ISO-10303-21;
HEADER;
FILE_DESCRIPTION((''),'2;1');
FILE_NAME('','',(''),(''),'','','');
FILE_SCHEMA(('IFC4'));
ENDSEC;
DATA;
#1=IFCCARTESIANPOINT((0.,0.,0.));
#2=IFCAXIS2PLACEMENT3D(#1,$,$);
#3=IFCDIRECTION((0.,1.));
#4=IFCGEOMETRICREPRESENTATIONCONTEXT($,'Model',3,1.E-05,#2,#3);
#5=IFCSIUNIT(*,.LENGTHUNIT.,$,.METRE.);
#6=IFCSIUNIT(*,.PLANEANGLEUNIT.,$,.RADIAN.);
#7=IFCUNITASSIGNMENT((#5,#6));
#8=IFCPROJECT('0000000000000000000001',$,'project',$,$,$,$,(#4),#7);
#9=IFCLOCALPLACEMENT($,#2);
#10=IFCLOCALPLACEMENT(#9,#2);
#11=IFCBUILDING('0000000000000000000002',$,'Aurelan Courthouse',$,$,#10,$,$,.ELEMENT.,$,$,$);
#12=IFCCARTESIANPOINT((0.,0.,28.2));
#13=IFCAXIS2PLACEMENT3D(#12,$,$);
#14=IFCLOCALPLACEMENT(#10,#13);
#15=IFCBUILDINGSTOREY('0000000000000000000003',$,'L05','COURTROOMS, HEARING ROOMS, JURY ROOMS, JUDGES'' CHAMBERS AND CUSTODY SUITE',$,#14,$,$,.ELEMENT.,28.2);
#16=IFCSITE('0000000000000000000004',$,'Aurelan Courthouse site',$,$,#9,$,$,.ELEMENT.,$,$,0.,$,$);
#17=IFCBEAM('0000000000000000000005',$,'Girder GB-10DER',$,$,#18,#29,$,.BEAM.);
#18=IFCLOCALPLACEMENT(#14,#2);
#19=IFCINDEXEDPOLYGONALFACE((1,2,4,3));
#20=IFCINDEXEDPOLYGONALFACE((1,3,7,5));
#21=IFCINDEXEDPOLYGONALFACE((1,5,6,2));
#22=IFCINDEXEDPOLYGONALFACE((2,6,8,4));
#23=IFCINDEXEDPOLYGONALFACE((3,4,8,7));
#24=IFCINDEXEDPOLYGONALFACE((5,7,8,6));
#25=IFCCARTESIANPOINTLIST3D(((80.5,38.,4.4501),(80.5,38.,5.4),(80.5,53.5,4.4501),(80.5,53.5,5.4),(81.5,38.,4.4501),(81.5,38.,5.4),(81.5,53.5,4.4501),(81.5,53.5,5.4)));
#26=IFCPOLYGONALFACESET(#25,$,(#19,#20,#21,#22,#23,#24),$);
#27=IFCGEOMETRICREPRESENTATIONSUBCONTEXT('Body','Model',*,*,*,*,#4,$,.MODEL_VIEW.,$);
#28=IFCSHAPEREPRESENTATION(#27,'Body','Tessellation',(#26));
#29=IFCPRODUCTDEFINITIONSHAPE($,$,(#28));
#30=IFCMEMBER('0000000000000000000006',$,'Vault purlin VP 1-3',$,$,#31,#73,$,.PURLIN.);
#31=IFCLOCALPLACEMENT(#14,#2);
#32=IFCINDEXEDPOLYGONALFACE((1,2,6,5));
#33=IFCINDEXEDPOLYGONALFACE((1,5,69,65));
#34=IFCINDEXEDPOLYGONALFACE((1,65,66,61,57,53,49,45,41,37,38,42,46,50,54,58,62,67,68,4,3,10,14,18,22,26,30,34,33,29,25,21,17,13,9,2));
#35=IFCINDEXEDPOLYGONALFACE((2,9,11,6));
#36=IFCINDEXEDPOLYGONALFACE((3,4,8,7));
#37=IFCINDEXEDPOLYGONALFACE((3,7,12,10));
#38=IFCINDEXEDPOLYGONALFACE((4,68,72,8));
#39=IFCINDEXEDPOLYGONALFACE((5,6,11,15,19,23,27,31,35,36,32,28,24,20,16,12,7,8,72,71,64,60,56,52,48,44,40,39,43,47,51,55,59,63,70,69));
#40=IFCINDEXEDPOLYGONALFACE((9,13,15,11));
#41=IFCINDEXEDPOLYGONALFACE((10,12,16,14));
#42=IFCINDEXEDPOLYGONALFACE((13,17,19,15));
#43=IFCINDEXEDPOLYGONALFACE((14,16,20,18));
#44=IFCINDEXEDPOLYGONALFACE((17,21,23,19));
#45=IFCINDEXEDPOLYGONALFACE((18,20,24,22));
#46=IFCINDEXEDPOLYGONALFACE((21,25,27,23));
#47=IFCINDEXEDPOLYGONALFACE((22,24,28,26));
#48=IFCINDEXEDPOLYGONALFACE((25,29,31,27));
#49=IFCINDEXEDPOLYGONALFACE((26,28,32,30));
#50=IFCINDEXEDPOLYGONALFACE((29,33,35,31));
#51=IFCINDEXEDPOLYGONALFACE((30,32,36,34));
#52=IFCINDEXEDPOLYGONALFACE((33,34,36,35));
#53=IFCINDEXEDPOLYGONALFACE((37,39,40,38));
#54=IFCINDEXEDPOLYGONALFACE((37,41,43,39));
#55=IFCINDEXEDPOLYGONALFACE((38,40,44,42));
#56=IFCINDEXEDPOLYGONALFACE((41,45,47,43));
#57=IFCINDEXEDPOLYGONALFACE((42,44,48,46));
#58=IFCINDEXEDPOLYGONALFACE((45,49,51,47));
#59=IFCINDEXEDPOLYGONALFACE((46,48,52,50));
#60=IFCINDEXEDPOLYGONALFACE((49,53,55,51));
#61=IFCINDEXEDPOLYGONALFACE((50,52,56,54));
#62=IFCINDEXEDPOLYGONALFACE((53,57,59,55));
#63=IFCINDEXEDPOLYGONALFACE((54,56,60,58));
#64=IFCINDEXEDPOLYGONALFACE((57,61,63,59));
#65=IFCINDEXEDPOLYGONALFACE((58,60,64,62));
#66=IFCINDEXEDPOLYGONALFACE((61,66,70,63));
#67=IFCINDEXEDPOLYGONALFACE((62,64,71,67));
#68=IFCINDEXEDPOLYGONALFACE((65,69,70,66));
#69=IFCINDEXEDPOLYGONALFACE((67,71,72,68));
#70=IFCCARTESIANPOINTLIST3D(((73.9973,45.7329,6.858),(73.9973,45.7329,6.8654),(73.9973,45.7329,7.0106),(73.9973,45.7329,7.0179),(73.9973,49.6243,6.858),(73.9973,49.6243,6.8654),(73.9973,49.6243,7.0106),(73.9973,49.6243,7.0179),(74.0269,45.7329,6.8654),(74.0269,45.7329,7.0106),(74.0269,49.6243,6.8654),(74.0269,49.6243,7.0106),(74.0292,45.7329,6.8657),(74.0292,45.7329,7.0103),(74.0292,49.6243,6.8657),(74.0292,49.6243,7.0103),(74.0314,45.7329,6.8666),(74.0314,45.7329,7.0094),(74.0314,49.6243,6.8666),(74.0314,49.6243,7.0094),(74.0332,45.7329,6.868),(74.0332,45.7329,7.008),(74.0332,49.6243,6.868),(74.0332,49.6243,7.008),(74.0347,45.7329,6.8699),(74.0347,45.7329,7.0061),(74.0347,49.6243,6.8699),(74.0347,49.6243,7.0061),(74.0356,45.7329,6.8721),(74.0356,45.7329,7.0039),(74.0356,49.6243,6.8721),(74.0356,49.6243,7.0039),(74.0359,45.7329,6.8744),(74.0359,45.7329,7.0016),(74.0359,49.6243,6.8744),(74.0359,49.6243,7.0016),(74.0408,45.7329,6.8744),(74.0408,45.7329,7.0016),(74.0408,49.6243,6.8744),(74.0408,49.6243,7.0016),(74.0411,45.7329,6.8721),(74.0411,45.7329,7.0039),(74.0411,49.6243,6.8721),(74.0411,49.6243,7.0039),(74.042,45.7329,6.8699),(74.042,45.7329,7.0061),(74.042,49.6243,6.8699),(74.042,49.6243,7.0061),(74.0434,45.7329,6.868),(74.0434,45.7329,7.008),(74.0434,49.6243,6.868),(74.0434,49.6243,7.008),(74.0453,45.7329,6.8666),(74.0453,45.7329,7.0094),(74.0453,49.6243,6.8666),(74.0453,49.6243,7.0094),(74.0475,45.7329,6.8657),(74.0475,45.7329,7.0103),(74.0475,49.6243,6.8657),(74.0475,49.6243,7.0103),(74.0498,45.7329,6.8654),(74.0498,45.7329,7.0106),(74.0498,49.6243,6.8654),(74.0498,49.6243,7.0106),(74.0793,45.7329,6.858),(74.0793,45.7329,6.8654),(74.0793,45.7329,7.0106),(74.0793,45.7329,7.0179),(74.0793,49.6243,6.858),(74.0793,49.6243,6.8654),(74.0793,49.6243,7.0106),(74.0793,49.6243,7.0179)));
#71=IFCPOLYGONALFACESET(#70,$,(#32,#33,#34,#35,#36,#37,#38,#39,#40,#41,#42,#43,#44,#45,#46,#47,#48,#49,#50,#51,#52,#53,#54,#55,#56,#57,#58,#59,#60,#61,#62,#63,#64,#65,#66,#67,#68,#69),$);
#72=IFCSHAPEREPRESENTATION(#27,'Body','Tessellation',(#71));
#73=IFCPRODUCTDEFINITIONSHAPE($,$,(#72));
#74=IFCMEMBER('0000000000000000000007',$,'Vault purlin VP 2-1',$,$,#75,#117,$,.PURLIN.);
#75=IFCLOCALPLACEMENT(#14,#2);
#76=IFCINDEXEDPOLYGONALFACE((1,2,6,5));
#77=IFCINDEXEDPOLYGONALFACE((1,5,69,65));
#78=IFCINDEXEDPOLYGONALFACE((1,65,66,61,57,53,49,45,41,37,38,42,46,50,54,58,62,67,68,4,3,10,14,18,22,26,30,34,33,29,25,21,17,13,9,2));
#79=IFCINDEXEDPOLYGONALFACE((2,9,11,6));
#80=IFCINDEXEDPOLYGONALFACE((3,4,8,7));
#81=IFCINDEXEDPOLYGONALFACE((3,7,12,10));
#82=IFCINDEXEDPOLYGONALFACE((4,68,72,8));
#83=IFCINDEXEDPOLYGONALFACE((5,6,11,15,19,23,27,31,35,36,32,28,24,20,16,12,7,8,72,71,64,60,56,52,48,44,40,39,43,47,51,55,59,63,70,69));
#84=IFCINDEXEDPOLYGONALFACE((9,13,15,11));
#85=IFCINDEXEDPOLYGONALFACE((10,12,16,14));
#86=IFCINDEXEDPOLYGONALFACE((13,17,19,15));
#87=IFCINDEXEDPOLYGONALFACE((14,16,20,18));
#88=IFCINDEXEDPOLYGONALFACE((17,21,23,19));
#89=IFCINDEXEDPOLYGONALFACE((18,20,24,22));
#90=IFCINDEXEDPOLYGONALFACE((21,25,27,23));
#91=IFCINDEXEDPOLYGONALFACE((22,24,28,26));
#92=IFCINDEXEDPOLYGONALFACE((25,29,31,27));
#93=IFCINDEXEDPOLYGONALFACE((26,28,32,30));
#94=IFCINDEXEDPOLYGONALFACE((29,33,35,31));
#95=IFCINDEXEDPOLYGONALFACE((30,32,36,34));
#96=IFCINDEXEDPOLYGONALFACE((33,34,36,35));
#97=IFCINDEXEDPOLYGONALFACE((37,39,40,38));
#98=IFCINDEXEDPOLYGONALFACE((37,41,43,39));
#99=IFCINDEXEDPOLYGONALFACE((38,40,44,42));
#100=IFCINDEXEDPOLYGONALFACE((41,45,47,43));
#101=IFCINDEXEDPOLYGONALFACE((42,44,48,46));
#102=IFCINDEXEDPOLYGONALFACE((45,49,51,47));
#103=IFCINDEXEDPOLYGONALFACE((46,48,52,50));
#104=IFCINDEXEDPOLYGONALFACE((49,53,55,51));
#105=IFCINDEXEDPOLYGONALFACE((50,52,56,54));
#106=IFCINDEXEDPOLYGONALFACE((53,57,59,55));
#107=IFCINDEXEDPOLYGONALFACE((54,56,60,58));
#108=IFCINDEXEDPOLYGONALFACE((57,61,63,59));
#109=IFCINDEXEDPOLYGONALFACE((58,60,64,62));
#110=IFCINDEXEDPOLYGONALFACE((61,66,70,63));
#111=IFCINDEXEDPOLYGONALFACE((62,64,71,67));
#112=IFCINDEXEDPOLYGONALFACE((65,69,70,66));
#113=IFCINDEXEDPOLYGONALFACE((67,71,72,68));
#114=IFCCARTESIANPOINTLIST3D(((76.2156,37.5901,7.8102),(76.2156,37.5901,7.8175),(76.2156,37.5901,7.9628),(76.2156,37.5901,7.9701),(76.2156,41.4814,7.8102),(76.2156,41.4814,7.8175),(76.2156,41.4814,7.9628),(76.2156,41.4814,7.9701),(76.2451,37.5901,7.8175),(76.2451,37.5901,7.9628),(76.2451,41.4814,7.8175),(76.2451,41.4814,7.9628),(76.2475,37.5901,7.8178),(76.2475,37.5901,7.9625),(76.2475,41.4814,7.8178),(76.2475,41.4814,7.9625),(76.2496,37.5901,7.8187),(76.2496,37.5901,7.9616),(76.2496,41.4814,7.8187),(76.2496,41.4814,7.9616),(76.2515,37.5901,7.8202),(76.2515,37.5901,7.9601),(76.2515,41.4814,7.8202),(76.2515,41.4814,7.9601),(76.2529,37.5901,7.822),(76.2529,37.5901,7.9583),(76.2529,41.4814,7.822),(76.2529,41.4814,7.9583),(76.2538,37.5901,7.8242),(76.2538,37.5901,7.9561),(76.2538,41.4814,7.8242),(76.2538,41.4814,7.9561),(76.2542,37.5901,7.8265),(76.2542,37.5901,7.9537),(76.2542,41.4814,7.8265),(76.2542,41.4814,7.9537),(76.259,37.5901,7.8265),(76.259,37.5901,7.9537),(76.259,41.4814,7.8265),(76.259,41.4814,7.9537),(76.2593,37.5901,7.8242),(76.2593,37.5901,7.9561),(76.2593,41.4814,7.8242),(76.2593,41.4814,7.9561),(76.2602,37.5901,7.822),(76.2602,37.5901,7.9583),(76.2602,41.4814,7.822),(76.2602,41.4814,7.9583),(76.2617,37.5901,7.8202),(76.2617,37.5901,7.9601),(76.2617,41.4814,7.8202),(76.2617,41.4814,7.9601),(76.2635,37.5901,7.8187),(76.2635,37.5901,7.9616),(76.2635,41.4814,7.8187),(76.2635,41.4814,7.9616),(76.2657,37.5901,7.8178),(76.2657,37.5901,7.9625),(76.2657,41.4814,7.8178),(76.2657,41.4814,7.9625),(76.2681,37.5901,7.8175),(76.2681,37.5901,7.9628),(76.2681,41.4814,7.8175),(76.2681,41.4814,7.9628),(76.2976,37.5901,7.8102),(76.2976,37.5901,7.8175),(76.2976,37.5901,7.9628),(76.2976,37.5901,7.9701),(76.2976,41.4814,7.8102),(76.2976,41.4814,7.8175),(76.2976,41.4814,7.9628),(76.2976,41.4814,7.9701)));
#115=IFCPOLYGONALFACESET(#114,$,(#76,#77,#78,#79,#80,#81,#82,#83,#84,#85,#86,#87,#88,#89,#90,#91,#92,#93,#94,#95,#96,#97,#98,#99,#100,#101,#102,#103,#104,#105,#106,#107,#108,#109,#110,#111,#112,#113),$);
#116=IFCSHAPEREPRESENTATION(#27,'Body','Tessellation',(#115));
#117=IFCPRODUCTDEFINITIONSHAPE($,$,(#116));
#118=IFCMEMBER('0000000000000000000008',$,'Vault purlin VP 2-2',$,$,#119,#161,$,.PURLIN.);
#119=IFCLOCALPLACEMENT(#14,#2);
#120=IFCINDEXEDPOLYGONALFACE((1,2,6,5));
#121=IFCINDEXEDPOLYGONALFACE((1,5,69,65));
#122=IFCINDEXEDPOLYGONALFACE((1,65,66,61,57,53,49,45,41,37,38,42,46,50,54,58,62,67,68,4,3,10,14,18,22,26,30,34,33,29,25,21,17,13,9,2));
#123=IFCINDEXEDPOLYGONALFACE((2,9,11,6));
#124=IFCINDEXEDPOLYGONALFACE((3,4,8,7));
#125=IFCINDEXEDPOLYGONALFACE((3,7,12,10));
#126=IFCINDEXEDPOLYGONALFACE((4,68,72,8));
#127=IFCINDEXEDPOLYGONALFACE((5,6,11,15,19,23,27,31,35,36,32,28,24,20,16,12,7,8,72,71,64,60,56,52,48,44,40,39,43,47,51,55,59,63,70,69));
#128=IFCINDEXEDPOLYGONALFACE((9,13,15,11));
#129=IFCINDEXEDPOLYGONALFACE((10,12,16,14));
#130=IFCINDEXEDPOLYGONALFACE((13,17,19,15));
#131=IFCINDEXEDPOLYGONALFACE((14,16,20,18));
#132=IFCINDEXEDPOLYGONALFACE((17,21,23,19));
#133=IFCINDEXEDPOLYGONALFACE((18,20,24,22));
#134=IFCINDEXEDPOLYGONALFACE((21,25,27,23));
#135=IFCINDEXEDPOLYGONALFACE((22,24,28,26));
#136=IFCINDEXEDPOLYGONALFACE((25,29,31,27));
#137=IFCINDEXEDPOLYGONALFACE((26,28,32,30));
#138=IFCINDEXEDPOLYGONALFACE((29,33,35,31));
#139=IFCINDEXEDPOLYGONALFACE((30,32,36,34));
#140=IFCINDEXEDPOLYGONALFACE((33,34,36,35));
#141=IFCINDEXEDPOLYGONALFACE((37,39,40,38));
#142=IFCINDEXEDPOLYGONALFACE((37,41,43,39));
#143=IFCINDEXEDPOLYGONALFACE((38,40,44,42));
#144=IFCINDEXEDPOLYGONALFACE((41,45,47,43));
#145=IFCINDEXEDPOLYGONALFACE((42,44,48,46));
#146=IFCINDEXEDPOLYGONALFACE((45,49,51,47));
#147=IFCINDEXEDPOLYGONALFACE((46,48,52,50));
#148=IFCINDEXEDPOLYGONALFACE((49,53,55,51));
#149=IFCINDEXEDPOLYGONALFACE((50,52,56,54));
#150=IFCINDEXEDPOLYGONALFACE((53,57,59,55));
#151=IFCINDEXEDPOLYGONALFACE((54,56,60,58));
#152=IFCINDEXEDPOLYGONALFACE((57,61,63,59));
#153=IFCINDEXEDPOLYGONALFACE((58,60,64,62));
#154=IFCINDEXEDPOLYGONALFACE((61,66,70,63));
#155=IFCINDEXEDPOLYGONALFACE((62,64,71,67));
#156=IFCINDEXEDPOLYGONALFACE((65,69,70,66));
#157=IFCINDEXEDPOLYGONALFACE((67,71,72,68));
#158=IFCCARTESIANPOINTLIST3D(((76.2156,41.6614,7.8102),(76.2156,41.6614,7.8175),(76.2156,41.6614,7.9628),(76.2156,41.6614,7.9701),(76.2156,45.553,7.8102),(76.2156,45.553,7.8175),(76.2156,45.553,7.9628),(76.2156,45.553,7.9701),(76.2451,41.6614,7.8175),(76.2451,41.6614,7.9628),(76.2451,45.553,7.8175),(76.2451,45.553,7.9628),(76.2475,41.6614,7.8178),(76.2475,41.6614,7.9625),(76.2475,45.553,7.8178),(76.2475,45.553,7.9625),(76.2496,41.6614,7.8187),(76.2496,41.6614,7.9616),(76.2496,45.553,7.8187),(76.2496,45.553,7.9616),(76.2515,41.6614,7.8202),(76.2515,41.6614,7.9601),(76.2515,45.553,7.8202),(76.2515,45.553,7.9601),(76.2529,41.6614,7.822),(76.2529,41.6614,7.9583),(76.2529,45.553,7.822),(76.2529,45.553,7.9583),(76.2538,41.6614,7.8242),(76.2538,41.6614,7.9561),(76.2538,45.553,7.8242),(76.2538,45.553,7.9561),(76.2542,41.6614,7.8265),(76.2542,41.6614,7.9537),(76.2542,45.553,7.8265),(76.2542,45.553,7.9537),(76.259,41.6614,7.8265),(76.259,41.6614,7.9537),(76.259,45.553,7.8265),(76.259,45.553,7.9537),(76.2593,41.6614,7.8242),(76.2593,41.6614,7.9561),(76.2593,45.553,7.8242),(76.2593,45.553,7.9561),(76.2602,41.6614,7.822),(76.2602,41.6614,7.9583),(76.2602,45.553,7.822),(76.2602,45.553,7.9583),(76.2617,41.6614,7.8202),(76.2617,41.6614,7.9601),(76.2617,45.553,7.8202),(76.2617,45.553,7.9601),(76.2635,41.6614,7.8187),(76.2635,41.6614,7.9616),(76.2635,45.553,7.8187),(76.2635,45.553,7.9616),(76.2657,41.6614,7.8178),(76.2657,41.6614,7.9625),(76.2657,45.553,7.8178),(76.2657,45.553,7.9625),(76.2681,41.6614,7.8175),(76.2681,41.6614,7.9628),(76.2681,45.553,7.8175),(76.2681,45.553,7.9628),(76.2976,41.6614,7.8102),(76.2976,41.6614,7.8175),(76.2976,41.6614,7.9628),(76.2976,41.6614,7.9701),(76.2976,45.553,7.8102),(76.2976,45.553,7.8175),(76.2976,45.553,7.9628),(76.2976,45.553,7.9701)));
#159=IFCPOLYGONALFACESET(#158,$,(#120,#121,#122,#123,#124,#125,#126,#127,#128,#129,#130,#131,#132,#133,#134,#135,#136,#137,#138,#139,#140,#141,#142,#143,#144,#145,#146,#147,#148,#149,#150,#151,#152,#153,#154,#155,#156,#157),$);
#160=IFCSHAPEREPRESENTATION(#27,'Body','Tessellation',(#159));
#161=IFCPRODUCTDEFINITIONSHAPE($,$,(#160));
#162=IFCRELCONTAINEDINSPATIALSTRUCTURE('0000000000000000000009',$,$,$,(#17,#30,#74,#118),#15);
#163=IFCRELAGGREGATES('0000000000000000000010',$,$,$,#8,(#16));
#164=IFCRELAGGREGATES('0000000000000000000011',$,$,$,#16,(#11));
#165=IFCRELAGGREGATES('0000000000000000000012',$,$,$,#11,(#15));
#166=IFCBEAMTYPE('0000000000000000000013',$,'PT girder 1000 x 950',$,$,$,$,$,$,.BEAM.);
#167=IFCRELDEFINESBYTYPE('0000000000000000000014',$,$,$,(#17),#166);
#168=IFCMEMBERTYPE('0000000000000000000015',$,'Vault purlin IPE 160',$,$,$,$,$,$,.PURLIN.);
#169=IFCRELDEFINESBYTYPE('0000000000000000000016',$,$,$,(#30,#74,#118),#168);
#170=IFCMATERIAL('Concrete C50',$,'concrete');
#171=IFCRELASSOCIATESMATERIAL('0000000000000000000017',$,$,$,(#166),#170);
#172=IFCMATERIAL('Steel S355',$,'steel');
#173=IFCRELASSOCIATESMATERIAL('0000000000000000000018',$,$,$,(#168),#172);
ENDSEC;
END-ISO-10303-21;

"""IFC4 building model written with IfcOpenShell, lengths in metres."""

from ifc_helpers import new_model, si_unit, direction, frame, origin, origin_2d, place, context, subcontext, project, spatial, rectangle, i_section, extrude, material, material_profile, profile_set, type_object, element, save


model = new_model("IFC4")

# Units and contexts
model_context = context("Model", 3, precision=1e-05, world=origin(), true_north=direction((0.0, 1.0)))
body_context = subcontext(model_context, "Body", "Model", "MODEL_VIEW")
ifc_project = project(units=[si_unit("LENGTHUNIT", "METRE"), si_unit("PLANEANGLEUNIT", "RADIAN")], contexts=[model_context])

# Site, building, storey
site_placement = place(None, origin())
site = spatial("IfcSite", under=ifc_project, at=site_placement, Name="Aurelan Courthouse site", CompositionType="ELEMENT", RefElevation=0.0)
building_placement = place(site_placement, origin())
building = spatial("IfcBuilding", under=site, at=building_placement, Name="Aurelan Courthouse", CompositionType="ELEMENT")
storey_placement = place(building_placement, frame((0.0, 0.0, 28.2)))
storey = spatial("IfcBuildingStorey", under=building, at=storey_placement, Name="L05", Description="COURTROOMS, HEARING ROOMS, JURY ROOMS, JUDGES' CHAMBERS AND CUSTODY SUITE", CompositionType="ELEMENT", Elevation=28.2)

# Beam
ifc_material_1 = material(Name="Concrete C50", Category="concrete")
ifc_material_profile_1 = material_profile(ifc_material_1, rectangle(XDim=1.0, YDim=0.95, at=origin_2d()), Name="RC 1000 x 950")
ifc_profile_set_1 = profile_set([ifc_material_profile_1], Name="Concrete C50")
beam_type = type_object("IfcBeamType", Name="PT girder 1000 x 950", PredefinedType="BEAM", material=ifc_profile_set_1)
beam_placement = place(storey_placement, frame((81.0, 38.0, 4.925), z_axis=(0.0, 1.0, 0.0), x_axis=(-1.0, 0.0, 0.0)))
element("IfcBeam", 1, at=beam_placement, inside=storey, type_object=beam_type, Name="Girder GB-10DER", PredefinedType="BEAM", context=body_context, shape_type="SweptSolid", body=[
    extrude(rectangle(XDim=1.0, YDim=0.95, at=origin_2d()), origin(), (0.0, 0.0, 1.0), 15.5),
])

# Members
ifc_material_2 = material(Name="Steel S355", Category="steel")
ifc_material_profile_2 = material_profile(ifc_material_2, i_section(OverallWidth=0.082, OverallDepth=0.1599, WebThickness=0.0049, FlangeThickness=0.0073, FilletRadius=0.009, at=origin_2d()), Name="IPE 160")
ifc_profile_set_2 = profile_set([ifc_material_profile_2], Name="Steel S355")
member_type_1 = type_object("IfcMemberType", Name="Vault purlin IPE 160", PredefinedType="PURLIN", material=ifc_profile_set_2)
for number, where, z_axis, x_axis, name in (
    (2, (74.0383, 45.7329, 6.938), (0.0, 1.0, 0.0), (-1.0, 0.0, 0.0), "Vault purlin VP 1-3"),
    (3, (76.2566, 37.5901, 7.8901), (0.0, 1.0, 0.0), (-1.0, 0.0, 0.0), "Vault purlin VP 2-1"),
):
    element("IfcMember", number, at=place(storey_placement, frame(where, z_axis=z_axis, x_axis=x_axis)), inside=storey, type_object=member_type_1, Name=name, PredefinedType="PURLIN", context=body_context, shape_type="SweptSolid", body=[
        extrude(i_section(OverallWidth=0.082, OverallDepth=0.1599, WebThickness=0.0049, FlangeThickness=0.0073, FilletRadius=0.009, at=origin_2d()), origin(), (0.0, 0.0, 1.0), 3.8914),
    ])
member_1_placement = place(storey_placement, frame((76.2566, 41.6614, 7.8901), z_axis=(0.0, 1.0, 0.0), x_axis=(-1.0, 0.0, 0.0)))
element("IfcMember", 4, at=member_1_placement, inside=storey, type_object=member_type_1, Name="Vault purlin VP 2-2", PredefinedType="PURLIN", context=body_context, shape_type="SweptSolid", body=[
    extrude(i_section(OverallWidth=0.082, OverallDepth=0.1599, WebThickness=0.0049, FlangeThickness=0.0073, FilletRadius=0.009, at=origin_2d()), origin(), (0.0, 0.0, 1.0), 3.8916),
])

save(model, "model.ifc")
